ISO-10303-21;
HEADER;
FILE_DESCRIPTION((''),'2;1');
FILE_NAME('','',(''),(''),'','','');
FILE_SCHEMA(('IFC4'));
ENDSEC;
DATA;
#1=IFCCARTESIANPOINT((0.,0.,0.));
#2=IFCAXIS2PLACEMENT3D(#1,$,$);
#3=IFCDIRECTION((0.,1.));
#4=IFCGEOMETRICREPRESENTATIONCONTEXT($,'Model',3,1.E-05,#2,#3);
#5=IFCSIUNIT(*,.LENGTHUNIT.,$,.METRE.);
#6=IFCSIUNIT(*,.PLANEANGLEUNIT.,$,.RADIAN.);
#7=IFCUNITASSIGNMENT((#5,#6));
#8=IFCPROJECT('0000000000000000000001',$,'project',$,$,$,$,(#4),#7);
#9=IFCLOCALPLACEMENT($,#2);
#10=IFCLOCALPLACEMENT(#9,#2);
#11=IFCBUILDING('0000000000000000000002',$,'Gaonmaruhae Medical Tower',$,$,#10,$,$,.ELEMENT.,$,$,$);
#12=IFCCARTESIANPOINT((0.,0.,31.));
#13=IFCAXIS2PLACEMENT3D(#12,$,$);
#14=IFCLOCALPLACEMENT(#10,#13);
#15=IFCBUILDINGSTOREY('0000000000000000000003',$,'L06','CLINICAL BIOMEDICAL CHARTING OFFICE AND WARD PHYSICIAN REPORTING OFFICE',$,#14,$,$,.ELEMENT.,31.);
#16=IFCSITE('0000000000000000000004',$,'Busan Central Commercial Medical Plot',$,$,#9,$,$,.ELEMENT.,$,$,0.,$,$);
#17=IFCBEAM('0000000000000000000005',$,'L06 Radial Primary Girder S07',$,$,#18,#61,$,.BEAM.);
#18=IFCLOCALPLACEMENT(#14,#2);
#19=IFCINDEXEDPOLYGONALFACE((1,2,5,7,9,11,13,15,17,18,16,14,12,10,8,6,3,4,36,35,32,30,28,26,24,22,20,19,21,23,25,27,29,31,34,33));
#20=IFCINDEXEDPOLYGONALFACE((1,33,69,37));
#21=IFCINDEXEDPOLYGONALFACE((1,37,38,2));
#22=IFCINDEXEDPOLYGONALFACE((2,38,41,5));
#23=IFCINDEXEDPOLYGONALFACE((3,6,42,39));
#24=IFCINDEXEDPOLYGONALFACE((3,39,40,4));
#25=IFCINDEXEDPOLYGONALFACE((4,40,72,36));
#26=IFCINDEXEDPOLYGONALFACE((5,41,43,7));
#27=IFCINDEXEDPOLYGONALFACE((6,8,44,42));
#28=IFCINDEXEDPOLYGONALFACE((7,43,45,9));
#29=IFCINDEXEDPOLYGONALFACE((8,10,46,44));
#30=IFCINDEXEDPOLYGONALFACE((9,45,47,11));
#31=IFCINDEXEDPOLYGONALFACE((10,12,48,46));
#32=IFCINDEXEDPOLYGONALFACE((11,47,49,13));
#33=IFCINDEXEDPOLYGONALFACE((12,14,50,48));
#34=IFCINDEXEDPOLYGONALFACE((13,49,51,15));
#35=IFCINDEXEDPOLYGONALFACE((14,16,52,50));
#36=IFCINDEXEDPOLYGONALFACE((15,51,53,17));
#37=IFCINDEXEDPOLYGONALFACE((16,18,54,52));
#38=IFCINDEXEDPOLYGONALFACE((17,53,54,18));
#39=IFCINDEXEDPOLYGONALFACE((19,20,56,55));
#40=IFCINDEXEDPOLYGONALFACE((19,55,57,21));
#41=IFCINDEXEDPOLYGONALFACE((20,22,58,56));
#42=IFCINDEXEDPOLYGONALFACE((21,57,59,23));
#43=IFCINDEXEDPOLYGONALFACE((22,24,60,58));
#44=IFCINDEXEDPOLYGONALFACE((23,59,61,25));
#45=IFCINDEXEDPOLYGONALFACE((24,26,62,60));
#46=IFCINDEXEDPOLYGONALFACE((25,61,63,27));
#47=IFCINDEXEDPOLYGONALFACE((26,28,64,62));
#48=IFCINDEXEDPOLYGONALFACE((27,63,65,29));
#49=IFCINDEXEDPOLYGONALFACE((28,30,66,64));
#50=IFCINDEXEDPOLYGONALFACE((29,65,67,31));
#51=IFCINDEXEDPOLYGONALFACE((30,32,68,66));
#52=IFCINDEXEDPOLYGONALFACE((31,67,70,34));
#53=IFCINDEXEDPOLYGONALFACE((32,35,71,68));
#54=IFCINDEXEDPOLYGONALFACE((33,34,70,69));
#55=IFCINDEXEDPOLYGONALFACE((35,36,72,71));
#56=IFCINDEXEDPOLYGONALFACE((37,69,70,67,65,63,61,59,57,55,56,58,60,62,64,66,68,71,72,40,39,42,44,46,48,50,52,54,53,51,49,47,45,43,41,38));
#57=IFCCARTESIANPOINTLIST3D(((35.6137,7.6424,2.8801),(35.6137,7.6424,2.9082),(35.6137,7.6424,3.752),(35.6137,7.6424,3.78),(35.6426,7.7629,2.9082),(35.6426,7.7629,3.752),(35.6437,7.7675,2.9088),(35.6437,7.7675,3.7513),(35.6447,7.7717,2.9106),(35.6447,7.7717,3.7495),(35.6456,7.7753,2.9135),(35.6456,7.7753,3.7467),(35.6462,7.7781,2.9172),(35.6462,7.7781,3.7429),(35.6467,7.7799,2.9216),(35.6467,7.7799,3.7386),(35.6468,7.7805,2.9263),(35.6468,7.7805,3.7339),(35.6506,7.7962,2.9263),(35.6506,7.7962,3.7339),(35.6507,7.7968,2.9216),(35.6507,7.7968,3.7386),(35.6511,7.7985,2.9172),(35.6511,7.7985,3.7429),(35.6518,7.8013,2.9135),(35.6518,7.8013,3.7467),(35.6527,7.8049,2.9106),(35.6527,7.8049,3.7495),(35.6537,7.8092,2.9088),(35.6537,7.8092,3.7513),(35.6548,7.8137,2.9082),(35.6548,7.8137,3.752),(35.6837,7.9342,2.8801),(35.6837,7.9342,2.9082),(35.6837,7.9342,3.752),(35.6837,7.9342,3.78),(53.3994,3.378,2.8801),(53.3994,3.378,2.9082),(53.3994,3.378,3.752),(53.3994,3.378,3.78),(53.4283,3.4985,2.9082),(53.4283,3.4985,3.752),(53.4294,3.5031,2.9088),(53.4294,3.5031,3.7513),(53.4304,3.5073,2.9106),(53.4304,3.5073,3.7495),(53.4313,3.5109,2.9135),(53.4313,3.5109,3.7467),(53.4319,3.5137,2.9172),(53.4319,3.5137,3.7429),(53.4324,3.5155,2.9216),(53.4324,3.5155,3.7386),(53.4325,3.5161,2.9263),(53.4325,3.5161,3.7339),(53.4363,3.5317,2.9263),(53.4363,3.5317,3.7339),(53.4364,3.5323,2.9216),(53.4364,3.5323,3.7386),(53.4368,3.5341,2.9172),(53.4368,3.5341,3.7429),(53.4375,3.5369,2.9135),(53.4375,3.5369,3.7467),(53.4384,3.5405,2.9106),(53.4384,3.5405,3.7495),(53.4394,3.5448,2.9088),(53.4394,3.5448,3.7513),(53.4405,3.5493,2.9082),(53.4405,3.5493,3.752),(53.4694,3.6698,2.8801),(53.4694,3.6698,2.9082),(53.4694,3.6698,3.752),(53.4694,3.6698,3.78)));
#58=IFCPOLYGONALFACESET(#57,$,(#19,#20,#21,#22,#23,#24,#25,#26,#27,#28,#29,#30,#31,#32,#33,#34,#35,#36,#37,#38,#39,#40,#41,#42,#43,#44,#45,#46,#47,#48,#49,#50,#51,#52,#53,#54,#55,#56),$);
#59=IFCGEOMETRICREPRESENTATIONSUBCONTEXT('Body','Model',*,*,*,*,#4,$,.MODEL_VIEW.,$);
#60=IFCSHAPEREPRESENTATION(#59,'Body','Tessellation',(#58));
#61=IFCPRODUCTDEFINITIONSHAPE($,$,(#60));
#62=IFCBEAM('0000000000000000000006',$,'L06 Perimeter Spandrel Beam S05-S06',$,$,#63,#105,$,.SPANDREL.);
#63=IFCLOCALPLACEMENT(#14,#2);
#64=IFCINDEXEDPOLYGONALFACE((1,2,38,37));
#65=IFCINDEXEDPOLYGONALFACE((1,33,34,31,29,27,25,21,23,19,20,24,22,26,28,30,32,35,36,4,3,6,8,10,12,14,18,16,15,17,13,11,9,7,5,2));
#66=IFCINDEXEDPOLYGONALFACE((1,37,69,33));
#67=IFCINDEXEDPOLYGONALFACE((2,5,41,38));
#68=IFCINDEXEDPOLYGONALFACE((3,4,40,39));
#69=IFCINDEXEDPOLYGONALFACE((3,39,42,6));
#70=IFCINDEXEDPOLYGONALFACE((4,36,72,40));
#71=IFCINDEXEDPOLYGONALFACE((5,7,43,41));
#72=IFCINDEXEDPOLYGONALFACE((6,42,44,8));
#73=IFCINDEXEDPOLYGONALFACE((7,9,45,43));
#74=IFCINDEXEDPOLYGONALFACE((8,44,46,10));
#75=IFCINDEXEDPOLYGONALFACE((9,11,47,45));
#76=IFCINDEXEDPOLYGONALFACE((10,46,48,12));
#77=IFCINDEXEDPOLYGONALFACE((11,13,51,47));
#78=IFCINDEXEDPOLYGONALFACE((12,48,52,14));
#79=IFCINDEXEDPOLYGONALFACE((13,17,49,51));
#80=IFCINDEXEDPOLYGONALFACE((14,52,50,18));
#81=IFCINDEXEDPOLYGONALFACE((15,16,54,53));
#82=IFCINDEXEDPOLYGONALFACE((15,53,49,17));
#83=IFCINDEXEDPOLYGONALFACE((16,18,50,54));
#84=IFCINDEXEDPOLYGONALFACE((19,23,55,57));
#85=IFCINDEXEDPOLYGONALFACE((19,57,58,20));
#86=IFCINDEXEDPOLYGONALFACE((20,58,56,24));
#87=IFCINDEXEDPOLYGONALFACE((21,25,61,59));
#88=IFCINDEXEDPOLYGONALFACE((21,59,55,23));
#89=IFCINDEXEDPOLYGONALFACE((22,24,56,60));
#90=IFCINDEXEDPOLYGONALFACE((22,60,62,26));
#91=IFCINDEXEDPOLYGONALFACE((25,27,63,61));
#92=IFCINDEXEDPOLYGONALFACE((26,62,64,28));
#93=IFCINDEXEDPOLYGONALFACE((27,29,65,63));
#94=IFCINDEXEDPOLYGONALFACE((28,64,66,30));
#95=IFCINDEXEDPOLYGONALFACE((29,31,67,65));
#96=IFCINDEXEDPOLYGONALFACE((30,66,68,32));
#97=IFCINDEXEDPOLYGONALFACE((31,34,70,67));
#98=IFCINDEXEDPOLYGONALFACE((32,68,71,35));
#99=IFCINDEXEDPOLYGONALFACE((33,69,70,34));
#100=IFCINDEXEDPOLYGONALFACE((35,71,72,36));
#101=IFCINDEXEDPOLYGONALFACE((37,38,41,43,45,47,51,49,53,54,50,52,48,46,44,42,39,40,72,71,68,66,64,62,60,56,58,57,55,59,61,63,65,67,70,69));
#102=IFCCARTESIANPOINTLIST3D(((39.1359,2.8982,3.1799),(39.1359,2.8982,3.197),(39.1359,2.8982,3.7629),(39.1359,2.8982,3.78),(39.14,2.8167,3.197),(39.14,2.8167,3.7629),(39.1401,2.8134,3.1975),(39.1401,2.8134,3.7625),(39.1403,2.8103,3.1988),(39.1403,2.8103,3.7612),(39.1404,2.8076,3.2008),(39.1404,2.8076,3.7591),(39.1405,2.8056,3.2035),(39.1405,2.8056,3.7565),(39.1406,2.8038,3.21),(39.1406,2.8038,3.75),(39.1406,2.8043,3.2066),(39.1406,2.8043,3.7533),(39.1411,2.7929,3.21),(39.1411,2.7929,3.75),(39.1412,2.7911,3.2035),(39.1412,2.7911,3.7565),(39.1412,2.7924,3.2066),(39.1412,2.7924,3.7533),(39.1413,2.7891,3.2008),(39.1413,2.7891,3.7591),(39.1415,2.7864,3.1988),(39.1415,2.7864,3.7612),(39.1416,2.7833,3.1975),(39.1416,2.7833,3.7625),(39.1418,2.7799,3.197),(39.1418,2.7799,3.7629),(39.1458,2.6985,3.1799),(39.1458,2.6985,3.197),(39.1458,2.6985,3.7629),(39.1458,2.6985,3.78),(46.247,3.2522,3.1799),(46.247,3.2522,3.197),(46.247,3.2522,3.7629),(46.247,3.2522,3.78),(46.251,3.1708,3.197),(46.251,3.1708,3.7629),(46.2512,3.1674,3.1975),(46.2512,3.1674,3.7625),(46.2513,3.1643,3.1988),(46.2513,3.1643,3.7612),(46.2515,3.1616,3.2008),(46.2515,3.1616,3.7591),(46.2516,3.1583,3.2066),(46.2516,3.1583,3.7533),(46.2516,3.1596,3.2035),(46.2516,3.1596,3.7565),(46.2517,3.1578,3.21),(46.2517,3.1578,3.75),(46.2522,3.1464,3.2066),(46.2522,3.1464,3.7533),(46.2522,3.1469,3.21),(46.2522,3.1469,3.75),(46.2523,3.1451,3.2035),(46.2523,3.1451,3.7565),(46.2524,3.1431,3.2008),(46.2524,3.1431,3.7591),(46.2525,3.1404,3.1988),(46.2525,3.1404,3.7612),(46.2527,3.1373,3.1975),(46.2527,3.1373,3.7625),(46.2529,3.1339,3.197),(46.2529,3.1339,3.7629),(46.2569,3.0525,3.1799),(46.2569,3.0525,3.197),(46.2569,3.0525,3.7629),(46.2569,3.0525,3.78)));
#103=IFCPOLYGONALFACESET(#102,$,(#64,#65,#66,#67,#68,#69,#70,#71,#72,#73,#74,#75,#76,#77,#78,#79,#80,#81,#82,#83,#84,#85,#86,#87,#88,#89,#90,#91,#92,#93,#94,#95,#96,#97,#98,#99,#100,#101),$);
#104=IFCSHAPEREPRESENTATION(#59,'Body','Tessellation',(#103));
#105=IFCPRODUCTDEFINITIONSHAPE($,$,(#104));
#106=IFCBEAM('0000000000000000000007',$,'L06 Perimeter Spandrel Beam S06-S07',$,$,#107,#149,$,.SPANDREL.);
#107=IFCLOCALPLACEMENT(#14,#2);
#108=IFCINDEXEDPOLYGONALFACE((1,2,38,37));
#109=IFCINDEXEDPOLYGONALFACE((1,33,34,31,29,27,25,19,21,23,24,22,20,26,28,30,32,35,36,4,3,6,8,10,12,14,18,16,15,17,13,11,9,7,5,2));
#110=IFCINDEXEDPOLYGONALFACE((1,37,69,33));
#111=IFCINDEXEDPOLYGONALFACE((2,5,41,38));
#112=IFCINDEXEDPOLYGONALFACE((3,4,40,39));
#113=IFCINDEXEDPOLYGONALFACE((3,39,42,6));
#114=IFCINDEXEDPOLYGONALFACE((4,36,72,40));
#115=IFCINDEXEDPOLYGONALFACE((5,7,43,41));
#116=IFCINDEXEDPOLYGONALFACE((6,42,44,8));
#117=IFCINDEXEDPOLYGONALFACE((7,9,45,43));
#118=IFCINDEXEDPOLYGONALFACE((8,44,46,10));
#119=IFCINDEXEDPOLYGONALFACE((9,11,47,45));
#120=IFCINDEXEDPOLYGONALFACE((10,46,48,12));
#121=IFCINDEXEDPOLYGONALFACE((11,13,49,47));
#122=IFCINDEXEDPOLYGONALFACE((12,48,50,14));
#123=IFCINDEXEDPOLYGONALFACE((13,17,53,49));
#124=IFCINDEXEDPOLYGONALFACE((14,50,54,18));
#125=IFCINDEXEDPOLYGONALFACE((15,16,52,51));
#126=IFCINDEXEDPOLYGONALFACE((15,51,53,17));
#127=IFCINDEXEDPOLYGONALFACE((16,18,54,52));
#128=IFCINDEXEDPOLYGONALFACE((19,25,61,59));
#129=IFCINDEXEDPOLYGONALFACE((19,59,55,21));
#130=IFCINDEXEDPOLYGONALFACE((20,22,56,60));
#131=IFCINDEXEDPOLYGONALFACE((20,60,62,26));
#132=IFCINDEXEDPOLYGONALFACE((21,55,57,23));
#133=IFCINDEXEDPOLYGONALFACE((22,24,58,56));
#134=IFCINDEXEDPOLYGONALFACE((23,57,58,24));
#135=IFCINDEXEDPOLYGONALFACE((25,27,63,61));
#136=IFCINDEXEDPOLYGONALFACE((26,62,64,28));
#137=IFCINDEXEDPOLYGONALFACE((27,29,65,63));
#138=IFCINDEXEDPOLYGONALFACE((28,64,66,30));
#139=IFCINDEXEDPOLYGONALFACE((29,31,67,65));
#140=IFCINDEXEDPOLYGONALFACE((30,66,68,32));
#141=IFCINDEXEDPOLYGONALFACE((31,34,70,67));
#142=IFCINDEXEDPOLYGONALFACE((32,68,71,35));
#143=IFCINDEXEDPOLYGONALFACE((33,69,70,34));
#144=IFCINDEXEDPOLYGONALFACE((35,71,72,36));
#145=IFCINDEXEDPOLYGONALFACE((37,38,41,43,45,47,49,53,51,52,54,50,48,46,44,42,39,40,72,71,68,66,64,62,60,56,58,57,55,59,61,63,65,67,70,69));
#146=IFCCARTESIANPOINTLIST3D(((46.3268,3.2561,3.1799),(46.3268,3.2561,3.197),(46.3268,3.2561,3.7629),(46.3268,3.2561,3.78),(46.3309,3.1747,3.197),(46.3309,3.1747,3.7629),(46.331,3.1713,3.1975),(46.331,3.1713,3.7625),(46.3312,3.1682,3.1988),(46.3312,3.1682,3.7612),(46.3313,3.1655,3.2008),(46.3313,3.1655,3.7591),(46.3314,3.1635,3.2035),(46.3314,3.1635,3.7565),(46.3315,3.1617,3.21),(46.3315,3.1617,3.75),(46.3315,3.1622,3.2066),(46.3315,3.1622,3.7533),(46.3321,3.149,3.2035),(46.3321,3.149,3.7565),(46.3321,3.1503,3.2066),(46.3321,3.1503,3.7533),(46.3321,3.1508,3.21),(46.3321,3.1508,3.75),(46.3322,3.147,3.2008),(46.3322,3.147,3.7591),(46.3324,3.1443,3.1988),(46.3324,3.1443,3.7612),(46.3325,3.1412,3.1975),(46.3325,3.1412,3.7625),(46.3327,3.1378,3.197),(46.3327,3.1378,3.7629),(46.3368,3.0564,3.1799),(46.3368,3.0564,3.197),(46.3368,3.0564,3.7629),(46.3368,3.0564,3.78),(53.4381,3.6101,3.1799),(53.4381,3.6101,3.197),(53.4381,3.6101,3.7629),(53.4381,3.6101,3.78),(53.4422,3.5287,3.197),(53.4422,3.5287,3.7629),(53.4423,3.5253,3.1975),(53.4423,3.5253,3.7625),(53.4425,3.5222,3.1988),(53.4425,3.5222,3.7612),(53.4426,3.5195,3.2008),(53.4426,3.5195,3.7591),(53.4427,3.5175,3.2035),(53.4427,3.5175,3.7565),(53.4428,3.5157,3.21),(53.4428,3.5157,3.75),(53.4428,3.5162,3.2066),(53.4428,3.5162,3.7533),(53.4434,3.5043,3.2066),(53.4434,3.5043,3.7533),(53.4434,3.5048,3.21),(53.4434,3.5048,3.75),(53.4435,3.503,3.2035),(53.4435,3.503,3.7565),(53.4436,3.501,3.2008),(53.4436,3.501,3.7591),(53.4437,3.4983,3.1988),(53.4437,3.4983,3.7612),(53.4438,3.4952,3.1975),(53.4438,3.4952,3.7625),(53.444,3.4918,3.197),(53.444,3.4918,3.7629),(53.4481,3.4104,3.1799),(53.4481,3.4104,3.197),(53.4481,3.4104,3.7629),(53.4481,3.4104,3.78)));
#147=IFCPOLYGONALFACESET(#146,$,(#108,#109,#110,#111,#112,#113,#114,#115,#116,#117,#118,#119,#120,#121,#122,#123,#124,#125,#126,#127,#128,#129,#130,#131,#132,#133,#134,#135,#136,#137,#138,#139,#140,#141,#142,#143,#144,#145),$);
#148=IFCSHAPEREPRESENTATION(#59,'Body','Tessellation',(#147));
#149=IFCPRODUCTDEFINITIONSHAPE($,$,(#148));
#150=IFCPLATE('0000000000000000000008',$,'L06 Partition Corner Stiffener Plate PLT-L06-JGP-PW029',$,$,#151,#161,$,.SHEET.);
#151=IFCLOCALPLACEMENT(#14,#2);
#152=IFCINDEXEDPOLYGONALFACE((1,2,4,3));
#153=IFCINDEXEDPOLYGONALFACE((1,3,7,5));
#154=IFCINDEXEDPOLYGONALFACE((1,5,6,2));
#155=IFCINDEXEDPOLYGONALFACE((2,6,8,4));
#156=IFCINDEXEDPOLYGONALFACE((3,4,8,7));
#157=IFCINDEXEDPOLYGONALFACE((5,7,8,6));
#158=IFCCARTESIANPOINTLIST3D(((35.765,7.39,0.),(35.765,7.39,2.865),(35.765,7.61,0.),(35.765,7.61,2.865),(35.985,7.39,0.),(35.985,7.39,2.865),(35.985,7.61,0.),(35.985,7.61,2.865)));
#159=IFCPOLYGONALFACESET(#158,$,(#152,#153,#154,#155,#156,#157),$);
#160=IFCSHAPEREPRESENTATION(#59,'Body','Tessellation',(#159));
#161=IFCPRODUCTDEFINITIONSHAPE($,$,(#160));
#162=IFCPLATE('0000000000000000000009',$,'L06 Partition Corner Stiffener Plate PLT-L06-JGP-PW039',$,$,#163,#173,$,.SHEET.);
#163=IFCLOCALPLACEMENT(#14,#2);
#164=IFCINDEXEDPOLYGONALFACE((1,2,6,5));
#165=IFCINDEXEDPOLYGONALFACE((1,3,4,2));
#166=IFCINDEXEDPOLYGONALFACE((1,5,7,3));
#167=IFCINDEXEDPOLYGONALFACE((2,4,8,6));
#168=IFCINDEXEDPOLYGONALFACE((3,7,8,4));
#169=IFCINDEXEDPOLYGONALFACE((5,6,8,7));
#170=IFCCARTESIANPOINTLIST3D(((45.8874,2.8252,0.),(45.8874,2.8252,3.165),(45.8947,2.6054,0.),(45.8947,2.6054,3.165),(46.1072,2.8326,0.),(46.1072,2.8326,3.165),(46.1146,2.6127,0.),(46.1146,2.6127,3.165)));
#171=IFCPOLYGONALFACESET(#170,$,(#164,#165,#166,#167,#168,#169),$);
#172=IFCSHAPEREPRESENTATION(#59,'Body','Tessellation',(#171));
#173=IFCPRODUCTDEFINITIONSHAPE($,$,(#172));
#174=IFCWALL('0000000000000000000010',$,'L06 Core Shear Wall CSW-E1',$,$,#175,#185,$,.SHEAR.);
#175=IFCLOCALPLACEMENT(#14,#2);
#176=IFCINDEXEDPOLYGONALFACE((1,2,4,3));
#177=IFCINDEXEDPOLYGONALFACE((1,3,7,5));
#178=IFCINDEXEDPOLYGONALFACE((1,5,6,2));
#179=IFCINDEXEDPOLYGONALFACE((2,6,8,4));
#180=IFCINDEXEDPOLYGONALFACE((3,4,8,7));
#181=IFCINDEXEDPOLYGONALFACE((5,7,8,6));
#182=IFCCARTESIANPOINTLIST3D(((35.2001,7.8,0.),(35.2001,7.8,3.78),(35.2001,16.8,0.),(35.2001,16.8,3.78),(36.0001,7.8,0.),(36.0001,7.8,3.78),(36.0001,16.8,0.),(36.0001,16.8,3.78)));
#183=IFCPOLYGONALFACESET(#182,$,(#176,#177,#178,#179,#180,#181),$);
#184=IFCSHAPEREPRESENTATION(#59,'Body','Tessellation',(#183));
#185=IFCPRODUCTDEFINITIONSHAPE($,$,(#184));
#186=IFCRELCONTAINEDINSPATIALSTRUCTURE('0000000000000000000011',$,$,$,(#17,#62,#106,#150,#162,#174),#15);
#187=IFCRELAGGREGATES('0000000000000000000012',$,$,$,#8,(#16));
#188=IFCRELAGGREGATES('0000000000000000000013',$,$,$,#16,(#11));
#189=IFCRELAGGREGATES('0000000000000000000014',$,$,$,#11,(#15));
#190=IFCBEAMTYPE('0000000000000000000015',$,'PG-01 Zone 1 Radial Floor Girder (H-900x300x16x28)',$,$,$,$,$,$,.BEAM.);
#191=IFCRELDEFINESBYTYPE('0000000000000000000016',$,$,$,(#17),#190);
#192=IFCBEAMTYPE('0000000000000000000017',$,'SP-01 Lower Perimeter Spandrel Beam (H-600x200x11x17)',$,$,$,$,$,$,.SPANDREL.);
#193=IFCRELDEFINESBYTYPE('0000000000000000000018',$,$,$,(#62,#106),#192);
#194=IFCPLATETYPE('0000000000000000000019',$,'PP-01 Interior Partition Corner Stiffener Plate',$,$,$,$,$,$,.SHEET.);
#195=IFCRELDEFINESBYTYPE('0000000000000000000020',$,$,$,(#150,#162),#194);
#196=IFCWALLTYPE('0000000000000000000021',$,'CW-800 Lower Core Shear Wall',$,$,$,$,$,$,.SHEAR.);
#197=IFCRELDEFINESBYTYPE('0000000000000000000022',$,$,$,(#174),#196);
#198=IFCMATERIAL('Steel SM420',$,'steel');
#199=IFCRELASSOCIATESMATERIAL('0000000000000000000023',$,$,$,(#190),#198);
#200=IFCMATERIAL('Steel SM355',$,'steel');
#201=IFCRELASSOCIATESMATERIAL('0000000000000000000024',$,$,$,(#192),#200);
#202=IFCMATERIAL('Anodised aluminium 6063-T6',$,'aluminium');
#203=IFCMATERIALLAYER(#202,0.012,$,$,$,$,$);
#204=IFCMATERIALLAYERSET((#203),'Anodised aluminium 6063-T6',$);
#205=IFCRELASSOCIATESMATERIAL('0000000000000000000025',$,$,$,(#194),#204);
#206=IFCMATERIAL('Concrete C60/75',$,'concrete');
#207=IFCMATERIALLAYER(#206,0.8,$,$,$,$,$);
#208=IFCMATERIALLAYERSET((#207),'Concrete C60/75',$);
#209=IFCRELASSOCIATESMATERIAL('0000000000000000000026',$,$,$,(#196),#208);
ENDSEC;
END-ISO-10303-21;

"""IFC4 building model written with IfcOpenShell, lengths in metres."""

from ifc_helpers import new_model, si_unit, direction, frame, frame_2d, origin, origin_2d, place, context, subcontext, project, spatial, rectangle, i_section, extrude, material, layer, layer_set, material_profile, profile_set, type_object, element, save


model = new_model("IFC4")

# Units and contexts
model_context = context("Model", 3, precision=1e-05, world=origin(), true_north=direction((0.0, 1.0)))
body_context = subcontext(model_context, "Body", "Model", "MODEL_VIEW")
ifc_project = project(units=[si_unit("LENGTHUNIT", "METRE"), si_unit("PLANEANGLEUNIT", "RADIAN")], contexts=[model_context])

# Site, building, storey
site_placement = place(None, origin())
site = spatial("IfcSite", under=ifc_project, at=site_placement, Name="Busan Central Commercial Medical Plot", CompositionType="ELEMENT", RefElevation=0.0)
building_placement = place(site_placement, origin())
building = spatial("IfcBuilding", under=site, at=building_placement, Name="Gaonmaruhae Medical Tower", CompositionType="ELEMENT")
storey_placement = place(building_placement, frame((0.0, 0.0, 31.0)))
storey = spatial("IfcBuildingStorey", under=building, at=storey_placement, Name="L06", Description="CLINICAL BIOMEDICAL CHARTING OFFICE AND WARD PHYSICIAN REPORTING OFFICE", CompositionType="ELEMENT", Elevation=31.0)

# Shared definitions
ifc_material_1 = material(Name="Concrete C60/75", Category="concrete")

# Beams
ifc_material_2 = material(Name="Steel SM355", Category="steel")
ifc_material_3 = material(Name="Steel SM420", Category="steel")
ifc_material_profile_1 = material_profile(ifc_material_3, i_section(OverallWidth=0.3, OverallDepth=0.8999, WebThickness=0.0161, FlangeThickness=0.0281, FilletRadius=0.0181, at=origin_2d()), Name="H-900x300x16x28")
ifc_profile_set_1 = profile_set([ifc_material_profile_1], Name="Steel SM420")
beam_type_1 = type_object("IfcBeamType", Name="PG-01 Zone 1 Radial Floor Girder (H-900x300x16x28)", PredefinedType="BEAM", material=ifc_profile_set_1)
beam_1_placement = place(storey_placement, frame((35.6487, 7.7883, 3.3301), z_axis=(0.972439, -0.233158, 0.0), x_axis=(0.233158, 0.972439, 0.0)))
element("IfcBeam", 1, at=beam_1_placement, inside=storey, type_object=beam_type_1, Name="L06 Radial Primary Girder S07", PredefinedType="BEAM", context=body_context, shape_type="SweptSolid", body=[
    extrude(i_section(OverallWidth=0.3, OverallDepth=0.8999, WebThickness=0.0161, FlangeThickness=0.0281, FilletRadius=0.0181, at=origin_2d()), origin(), (0.0, 0.0, 1.0), 18.2898),
])
ifc_material_profile_2 = material_profile(ifc_material_2, i_section(OverallWidth=0.2, OverallDepth=0.6001, WebThickness=0.011, FlangeThickness=0.0171, FilletRadius=0.0129, at=origin_2d()), Name="H-600x200x11x17")
ifc_profile_set_2 = profile_set([ifc_material_profile_2], Name="Steel SM355")
beam_type_2 = type_object("IfcBeamType", Name="SP-01 Lower Perimeter Spandrel Beam (H-600x200x11x17)", PredefinedType="SPANDREL", material=ifc_profile_set_2)
beam_2_placement = place(storey_placement, frame((39.1409, 2.7983, 3.48), z_axis=(0.998763, 0.04972, 0.0), x_axis=(-0.04972, 0.998763, 0.0)))
element("IfcBeam", 2, at=beam_2_placement, inside=storey, type_object=beam_type_2, Name="L06 Perimeter Spandrel Beam S05-S06", PredefinedType="SPANDREL", context=body_context, shape_type="SweptSolid", body=[
    extrude(i_section(OverallWidth=0.2, OverallDepth=0.6001, WebThickness=0.011, FlangeThickness=0.0171, FilletRadius=0.0129, at=origin_2d()), origin(), (0.0, 0.0, 1.0), 7.1199),
])
beam_3_placement = place(storey_placement, frame((46.3318, 3.1562, 3.48), z_axis=(0.998763, 0.049719, 0.0), x_axis=(-0.049719, 0.998763, 0.0)))
element("IfcBeam", 3, at=beam_3_placement, inside=storey, type_object=beam_type_2, Name="L06 Perimeter Spandrel Beam S06-S07", PredefinedType="SPANDREL", context=body_context, shape_type="SweptSolid", body=[
    extrude(i_section(OverallWidth=0.2, OverallDepth=0.6001, WebThickness=0.011, FlangeThickness=0.0171, FilletRadius=0.0129, at=origin_2d()), origin(), (0.0, 0.0, 1.0), 7.1201),
])

# Plates
ifc_material_4 = material(Name="Anodised aluminium 6063-T6", Category="aluminium")
ifc_layer_1 = layer(ifc_material_4, 0.012)
ifc_layer_set_1 = layer_set([ifc_layer_1], Name="Anodised aluminium 6063-T6")
plate_type = type_object("IfcPlateType", Name="PP-01 Interior Partition Corner Stiffener Plate", PredefinedType="SHEET", material=ifc_layer_set_1)
plate_1_placement = place(storey_placement, frame((35.875, 7.5, 0.0), z_axis=(0.0, 0.0, 1.0), x_axis=(1.0, 0.0, 0.0)))
element("IfcPlate", 4, at=plate_1_placement, inside=storey, type_object=plate_type, Name="L06 Partition Corner Stiffener Plate PLT-L06-JGP-PW029", PredefinedType="SHEET", context=body_context, shape_type="SweptSolid", body=[
    extrude(rectangle(XDim=0.22, YDim=0.22, at=origin_2d()), origin(), (0.0, 0.0, 1.0), 2.865),
])
plate_2_placement = place(storey_placement, frame((46.001, 2.719, 0.0), z_axis=(0.0, 0.0, 1.0), x_axis=(-0.99944, -0.033452, 0.0)))
element("IfcPlate", 5, at=plate_2_placement, inside=storey, type_object=plate_type, Name="L06 Partition Corner Stiffener Plate PLT-L06-JGP-PW039", PredefinedType="SHEET", context=body_context, shape_type="SweptSolid", body=[
    extrude(rectangle(XDim=0.22, YDim=0.22, at=origin_2d()), origin(), (0.0, 0.0, 1.0), 3.165),
])

# Wall
ifc_layer_2 = layer(ifc_material_1, 0.8)
ifc_layer_set_2 = layer_set([ifc_layer_2], Name="Concrete C60/75")
wall_type_1 = type_object("IfcWallType", Name="CW-800 Lower Core Shear Wall", PredefinedType="SHEAR", material=ifc_layer_set_2)
wall_1_placement = place(storey_placement, frame((35.6001, 7.8, 0.0), z_axis=(0.0, 0.0, 1.0), x_axis=(0.0, 1.0, 0.0)))
element("IfcWall", 6, at=wall_1_placement, inside=storey, type_object=wall_type_1, Name="L06 Core Shear Wall CSW-E1", PredefinedType="SHEAR", context=body_context, shape_type="SweptSolid", body=[
    extrude(rectangle(XDim=9.0, YDim=0.8, at=frame_2d((4.5, 0.0))), origin(), (0.0, 0.0, 1.0), 3.78),
])

save(model, "model.ifc")
